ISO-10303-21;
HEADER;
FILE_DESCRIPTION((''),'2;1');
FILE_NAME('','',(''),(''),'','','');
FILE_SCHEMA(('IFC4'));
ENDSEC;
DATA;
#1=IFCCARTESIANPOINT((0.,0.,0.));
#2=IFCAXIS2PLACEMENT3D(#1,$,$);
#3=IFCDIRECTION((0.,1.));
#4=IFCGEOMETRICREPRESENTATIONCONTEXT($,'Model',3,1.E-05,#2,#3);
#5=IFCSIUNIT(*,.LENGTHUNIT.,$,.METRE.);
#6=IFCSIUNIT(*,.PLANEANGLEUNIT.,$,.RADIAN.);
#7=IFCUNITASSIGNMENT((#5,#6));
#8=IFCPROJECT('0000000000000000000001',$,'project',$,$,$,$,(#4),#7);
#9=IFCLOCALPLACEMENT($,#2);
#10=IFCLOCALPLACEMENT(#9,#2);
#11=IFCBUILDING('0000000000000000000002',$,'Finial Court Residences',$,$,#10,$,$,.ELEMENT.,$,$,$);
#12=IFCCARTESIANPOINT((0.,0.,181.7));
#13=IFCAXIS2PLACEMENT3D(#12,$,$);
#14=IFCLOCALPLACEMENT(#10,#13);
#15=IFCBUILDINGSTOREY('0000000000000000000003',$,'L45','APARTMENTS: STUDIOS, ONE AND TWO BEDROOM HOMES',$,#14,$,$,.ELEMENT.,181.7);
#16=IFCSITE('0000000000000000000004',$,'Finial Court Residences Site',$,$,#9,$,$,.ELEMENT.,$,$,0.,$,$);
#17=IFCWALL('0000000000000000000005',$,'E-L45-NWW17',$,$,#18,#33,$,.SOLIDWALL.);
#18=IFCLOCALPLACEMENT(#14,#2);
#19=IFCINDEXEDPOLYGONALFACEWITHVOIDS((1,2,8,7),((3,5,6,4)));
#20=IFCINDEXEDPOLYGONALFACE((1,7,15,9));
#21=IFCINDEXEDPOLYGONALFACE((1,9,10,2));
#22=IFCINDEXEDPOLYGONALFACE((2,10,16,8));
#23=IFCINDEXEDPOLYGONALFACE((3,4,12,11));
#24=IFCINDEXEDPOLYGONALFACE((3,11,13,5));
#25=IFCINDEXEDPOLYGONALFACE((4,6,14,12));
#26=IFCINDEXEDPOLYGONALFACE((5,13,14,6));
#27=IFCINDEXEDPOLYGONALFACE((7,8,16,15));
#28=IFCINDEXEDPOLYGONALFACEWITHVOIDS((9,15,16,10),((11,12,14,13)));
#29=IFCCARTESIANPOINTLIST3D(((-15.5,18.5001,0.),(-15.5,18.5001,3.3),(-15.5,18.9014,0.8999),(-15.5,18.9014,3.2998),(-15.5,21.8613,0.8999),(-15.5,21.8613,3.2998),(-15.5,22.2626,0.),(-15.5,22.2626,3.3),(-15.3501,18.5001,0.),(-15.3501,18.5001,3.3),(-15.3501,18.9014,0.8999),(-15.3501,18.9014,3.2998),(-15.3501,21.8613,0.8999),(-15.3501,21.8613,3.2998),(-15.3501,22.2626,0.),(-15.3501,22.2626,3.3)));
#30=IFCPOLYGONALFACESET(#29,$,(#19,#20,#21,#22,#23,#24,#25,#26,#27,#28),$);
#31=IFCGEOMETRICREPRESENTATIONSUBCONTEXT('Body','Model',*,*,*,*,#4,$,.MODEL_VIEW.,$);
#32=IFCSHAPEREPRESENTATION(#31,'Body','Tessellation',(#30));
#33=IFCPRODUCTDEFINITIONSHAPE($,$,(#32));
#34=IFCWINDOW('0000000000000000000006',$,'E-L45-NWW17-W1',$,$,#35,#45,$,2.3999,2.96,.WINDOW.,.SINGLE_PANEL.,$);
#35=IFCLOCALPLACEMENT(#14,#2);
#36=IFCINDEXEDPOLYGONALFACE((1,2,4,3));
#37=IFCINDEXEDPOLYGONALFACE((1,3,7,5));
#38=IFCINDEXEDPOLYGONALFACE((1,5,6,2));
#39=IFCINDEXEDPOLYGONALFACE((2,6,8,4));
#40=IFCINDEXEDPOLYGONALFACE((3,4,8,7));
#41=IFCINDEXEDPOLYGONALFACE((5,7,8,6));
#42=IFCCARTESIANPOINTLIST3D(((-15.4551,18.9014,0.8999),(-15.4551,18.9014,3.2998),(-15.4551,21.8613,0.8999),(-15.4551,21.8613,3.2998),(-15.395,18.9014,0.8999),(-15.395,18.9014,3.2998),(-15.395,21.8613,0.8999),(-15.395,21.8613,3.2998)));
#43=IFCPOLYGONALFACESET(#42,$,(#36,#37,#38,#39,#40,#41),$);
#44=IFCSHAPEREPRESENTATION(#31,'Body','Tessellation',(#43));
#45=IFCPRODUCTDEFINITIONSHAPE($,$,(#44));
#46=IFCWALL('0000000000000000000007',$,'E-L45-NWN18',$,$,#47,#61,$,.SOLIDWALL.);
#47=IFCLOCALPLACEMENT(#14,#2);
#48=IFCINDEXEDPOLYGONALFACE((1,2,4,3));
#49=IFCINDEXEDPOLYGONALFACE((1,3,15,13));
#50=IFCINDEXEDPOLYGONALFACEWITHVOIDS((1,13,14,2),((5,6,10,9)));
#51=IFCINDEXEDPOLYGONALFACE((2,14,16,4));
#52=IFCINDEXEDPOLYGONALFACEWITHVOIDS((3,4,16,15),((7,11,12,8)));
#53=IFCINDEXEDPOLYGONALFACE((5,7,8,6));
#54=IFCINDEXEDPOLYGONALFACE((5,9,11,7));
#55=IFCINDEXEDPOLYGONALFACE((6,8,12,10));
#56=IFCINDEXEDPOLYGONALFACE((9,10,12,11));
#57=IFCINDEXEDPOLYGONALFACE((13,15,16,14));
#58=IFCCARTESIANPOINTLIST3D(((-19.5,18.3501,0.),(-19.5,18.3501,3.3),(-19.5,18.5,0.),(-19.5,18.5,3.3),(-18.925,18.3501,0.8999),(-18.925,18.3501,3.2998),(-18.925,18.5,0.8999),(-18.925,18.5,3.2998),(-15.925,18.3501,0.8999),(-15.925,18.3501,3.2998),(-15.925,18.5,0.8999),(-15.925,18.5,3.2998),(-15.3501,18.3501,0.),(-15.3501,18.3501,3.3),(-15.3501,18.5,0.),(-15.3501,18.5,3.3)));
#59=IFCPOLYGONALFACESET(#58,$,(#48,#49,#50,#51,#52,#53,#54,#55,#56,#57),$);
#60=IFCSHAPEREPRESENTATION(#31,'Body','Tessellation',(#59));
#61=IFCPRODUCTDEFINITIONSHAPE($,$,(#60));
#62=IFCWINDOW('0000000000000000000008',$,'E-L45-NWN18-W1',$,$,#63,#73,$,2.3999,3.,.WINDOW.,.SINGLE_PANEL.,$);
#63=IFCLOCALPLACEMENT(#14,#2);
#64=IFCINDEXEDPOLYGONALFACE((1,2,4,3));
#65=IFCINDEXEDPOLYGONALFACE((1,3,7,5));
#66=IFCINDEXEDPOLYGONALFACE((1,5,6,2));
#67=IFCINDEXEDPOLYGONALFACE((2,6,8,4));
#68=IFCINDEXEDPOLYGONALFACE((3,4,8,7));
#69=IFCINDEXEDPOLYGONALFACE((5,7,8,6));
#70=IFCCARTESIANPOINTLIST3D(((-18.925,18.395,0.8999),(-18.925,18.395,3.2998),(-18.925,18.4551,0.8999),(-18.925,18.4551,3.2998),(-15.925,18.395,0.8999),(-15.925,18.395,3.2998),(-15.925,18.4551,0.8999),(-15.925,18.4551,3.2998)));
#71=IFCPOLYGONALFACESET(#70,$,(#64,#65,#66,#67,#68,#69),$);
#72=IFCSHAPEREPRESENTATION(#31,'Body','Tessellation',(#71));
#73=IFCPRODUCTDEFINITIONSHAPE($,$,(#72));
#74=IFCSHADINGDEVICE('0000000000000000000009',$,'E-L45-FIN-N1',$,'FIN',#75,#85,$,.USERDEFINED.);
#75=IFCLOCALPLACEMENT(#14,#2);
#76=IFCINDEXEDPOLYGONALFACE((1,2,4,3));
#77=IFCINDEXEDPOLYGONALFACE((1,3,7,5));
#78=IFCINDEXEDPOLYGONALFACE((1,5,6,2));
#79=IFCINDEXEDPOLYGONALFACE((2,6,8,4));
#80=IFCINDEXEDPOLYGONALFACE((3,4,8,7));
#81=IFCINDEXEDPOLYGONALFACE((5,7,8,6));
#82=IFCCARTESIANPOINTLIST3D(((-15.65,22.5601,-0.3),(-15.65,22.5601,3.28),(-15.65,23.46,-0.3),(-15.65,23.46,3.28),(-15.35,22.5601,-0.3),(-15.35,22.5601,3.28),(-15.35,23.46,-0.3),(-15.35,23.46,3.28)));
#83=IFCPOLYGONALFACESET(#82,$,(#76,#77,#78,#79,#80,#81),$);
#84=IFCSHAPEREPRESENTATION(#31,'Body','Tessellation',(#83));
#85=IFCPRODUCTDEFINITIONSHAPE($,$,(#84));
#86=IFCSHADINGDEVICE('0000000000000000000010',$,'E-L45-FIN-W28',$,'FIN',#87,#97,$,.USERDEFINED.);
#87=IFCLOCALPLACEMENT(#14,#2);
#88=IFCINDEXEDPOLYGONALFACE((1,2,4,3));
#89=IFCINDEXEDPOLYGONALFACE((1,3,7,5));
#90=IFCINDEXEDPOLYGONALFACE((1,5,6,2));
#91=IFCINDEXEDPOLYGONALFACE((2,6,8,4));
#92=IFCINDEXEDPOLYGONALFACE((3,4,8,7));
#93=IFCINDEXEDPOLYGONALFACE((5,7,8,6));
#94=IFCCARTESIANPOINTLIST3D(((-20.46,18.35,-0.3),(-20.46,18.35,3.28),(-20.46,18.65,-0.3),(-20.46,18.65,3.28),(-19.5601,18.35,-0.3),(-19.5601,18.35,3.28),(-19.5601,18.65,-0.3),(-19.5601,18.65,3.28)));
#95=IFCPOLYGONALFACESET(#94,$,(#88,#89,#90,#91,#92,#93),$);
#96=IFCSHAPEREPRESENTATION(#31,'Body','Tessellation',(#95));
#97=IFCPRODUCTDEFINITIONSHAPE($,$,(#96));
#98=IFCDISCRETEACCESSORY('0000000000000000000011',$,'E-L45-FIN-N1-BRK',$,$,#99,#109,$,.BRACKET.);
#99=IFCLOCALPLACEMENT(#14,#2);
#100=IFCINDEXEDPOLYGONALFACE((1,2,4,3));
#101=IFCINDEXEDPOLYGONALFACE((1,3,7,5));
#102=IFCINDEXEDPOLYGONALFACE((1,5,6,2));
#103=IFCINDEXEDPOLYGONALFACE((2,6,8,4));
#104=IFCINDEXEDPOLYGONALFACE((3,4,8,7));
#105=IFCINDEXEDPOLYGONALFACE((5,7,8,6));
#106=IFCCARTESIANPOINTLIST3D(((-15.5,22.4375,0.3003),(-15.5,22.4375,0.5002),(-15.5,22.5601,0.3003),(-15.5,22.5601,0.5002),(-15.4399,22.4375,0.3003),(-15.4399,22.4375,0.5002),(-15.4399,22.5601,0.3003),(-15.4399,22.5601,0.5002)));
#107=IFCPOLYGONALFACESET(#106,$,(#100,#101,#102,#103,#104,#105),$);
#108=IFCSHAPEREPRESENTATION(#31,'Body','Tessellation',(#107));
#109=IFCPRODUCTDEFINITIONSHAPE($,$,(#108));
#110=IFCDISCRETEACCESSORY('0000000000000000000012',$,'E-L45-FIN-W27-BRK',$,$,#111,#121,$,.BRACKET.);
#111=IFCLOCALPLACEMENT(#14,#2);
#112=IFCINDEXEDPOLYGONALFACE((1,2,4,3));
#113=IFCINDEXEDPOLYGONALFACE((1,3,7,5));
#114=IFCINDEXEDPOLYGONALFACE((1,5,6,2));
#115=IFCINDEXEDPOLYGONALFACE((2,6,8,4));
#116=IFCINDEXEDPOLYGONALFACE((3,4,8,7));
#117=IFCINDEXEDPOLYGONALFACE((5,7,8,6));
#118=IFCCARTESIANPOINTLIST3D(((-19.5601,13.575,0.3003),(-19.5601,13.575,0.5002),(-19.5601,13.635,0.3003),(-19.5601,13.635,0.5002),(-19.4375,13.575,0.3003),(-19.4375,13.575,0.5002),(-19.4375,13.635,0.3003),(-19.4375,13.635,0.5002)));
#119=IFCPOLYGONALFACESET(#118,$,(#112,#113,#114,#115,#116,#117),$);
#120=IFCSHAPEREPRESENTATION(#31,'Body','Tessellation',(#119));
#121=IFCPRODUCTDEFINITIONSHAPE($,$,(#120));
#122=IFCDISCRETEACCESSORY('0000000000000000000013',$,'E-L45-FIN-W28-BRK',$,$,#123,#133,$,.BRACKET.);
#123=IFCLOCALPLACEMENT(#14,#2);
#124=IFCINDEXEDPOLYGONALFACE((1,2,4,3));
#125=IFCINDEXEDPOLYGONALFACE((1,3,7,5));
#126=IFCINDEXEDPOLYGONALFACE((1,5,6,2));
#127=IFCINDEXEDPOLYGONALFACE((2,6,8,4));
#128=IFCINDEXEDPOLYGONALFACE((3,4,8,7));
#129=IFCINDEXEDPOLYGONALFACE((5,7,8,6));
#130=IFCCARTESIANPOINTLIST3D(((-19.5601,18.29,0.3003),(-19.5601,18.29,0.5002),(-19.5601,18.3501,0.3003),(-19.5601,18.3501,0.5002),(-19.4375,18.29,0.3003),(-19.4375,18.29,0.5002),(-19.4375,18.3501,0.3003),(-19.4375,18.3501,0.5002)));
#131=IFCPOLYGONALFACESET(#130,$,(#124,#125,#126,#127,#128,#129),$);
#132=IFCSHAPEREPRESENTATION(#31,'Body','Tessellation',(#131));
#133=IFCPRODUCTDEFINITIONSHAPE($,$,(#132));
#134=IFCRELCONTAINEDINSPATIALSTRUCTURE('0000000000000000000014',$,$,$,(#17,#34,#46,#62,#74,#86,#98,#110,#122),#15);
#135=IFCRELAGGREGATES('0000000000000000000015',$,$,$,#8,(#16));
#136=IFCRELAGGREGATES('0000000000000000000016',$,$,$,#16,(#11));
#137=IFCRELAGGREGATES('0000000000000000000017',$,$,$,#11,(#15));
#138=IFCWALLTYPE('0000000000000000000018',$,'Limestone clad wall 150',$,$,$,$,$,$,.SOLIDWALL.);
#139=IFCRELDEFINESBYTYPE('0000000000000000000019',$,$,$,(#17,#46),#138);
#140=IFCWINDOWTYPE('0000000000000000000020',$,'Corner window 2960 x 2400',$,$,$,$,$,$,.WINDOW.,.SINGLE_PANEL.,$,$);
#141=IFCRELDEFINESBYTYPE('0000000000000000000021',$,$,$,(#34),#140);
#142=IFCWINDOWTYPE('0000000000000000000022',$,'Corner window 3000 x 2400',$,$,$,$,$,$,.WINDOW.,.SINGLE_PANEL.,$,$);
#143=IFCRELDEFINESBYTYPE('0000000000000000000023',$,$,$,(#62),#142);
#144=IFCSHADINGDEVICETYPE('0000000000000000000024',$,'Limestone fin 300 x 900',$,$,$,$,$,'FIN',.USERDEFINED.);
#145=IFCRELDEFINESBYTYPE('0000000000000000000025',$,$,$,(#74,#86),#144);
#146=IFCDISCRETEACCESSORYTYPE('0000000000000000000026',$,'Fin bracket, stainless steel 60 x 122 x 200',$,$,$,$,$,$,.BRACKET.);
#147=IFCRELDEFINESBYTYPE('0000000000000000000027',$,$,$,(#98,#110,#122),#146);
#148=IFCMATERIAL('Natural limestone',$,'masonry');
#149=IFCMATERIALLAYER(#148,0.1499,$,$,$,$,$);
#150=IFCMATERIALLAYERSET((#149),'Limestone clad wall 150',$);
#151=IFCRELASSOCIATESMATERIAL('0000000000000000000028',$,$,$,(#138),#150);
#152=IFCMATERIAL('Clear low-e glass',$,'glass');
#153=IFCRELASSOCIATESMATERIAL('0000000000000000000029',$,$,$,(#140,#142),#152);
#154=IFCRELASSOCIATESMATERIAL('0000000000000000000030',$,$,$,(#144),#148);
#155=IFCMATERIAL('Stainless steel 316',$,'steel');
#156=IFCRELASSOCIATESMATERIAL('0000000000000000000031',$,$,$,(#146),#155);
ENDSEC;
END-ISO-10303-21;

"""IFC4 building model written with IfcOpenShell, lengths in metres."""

from ifc_helpers import new_model, si_unit, direction, frame, frame_2d, origin, origin_2d, place, context, subcontext, project, spatial, rectangle, extrude, material, layer, layer_set, type_object, element, fill, save


model = new_model("IFC4")

# Units and contexts
model_context = context("Model", 3, precision=1e-05, world=origin(), true_north=direction((0.0, 1.0)))
body_context = subcontext(model_context, "Body", "Model", "MODEL_VIEW")
ifc_project = project(units=[si_unit("LENGTHUNIT", "METRE"), si_unit("PLANEANGLEUNIT", "RADIAN")], contexts=[model_context])

# Site, building, storey
site_placement = place(None, origin())
site = spatial("IfcSite", under=ifc_project, at=site_placement, Name="Finial Court Residences Site", CompositionType="ELEMENT", RefElevation=0.0)
building_placement = place(site_placement, origin())
building = spatial("IfcBuilding", under=site, at=building_placement, Name="Finial Court Residences", CompositionType="ELEMENT")
storey_placement = place(building_placement, frame((0.0, 0.0, 181.7)))
storey = spatial("IfcBuildingStorey", under=building, at=storey_placement, Name="L45", Description="APARTMENTS: STUDIOS, ONE AND TWO BEDROOM HOMES", CompositionType="ELEMENT", Elevation=181.7)

# Shared definitions
ifc_material_1 = material(Name="Clear low-e glass", Category="glass")

# Walls, openings, windows
ifc_material_2 = material(Name="Natural limestone", Category="masonry")
ifc_layer_1 = layer(ifc_material_2, 0.1499)
ifc_layer_set_1 = layer_set([ifc_layer_1], Name="Limestone clad wall 150")
wall_type_1 = type_object("IfcWallType", Name="Limestone clad wall 150", PredefinedType="SOLIDWALL", material=ifc_layer_set_1)
wall_1_placement = place(storey_placement, frame((-15.425, 18.5, 0.0), z_axis=(0.0, 0.0, 1.0), x_axis=(0.0, 1.0, 0.0)))
wall_1 = element("IfcWall", 1, at=wall_1_placement, inside=storey, type_object=wall_type_1, Name="E-L45-NWW17", PredefinedType="SOLIDWALL", context=body_context, shape_type="SweptSolid", body=[
    extrude(rectangle(XDim=3.7625, YDim=0.1499, at=frame_2d((1.8813, 0.0))), origin(), (0.0, 0.0, 1.0), 3.3),
])
opening_1_placement = place(wall_1_placement, frame((0.4014, 0.0, 0.8999)))
opening_1 = element("IfcOpeningElement", 2, at=opening_1_placement, cuts=wall_1, PredefinedType="OPENING", context=body_context, shape_type="SweptSolid", body=[
    extrude(rectangle(XDim=2.96, YDim=2.3999, at=frame_2d((1.48, 1.2))), frame((0.0, 0.085, 0.0), z_axis=(0.0, -1.0, 0.0), x_axis=(1.0, 0.0, 0.0)), (0.0, 0.0, 1.0), 0.1699),
])
window_type_1 = type_object("IfcWindowType", Name="Corner window 2960 x 2400", PartitioningType="SINGLE_PANEL", PredefinedType="WINDOW", material=ifc_material_1)
window_1_placement = place(opening_1_placement, origin())
window_1 = element("IfcWindow", 3, at=window_1_placement, inside=storey, type_object=window_type_1, Name="E-L45-NWW17-W1", OverallHeight=2.3999, OverallWidth=2.96, PartitioningType="SINGLE_PANEL", PredefinedType="WINDOW", context=body_context, shape_type="SweptSolid", body=[
    extrude(rectangle(XDim=2.96, YDim=2.3999, at=frame_2d((1.48, 1.2))), frame((0.0, 0.03, 0.0), z_axis=(0.0, -1.0, 0.0), x_axis=(1.0, 0.0, 0.0)), (0.0, 0.0, 1.0), 0.0601),
])
fill(opening_1, window_1)
wall_2_placement = place(storey_placement, frame((-19.5, 18.425, 0.0), z_axis=(0.0, 0.0, 1.0), x_axis=(1.0, 0.0, 0.0)))
wall_2 = element("IfcWall", 4, at=wall_2_placement, inside=storey, type_object=wall_type_1, Name="E-L45-NWN18", PredefinedType="SOLIDWALL", context=body_context, shape_type="SweptSolid", body=[
    extrude(rectangle(XDim=4.1499, YDim=0.1499, at=frame_2d((2.075, 0.0))), origin(), (0.0, 0.0, 1.0), 3.3),
])
opening_2_placement = place(wall_2_placement, frame((0.575, 0.0, 0.8999)))
opening_2 = element("IfcOpeningElement", 5, at=opening_2_placement, cuts=wall_2, PredefinedType="OPENING", context=body_context, shape_type="SweptSolid", body=[
    extrude(rectangle(XDim=3.0, YDim=2.3999, at=frame_2d((1.5, 1.2))), frame((0.0, 0.085, 0.0), z_axis=(0.0, -1.0, 0.0), x_axis=(1.0, 0.0, 0.0)), (0.0, 0.0, 1.0), 0.1699),
])
window_type_2 = type_object("IfcWindowType", Name="Corner window 3000 x 2400", PartitioningType="SINGLE_PANEL", PredefinedType="WINDOW", material=ifc_material_1)
window_2_placement = place(opening_2_placement, origin())
window_2 = element("IfcWindow", 6, at=window_2_placement, inside=storey, type_object=window_type_2, Name="E-L45-NWN18-W1", OverallHeight=2.3999, OverallWidth=3.0, PartitioningType="SINGLE_PANEL", PredefinedType="WINDOW", context=body_context, shape_type="SweptSolid", body=[
    extrude(rectangle(XDim=3.0, YDim=2.3999, at=frame_2d((1.5, 1.2))), frame((0.0, 0.03, 0.0), z_axis=(0.0, -1.0, 0.0), x_axis=(1.0, 0.0, 0.0)), (0.0, 0.0, 1.0), 0.0601),
])
fill(opening_2, window_2)

# Shading devices
shading_device_type = type_object("IfcShadingDeviceType", Name="Limestone fin 300 x 900", ElementType="FIN", PredefinedType="USERDEFINED", material=ifc_material_2)
shading_device_1_placement = place(storey_placement, frame((-15.5, 23.01, -0.3), z_axis=(0.0, 0.0, 1.0), x_axis=(1.0, 0.0, 0.0)))
element("IfcShadingDevice", 7, at=shading_device_1_placement, inside=storey, type_object=shading_device_type, Name="E-L45-FIN-N1", ObjectType="FIN", PredefinedType="USERDEFINED", context=body_context, shape_type="SweptSolid", body=[
    extrude(rectangle(XDim=0.3, YDim=0.8999, at=origin_2d()), origin(), (0.0, 0.0, 1.0), 3.5801),
])
shading_device_2_placement = place(storey_placement, frame((-20.01, 18.5, -0.3), z_axis=(0.0, 0.0, 1.0), x_axis=(1.0, 0.0, 0.0)))
element("IfcShadingDevice", 8, at=shading_device_2_placement, inside=storey, type_object=shading_device_type, Name="E-L45-FIN-W28", ObjectType="FIN", PredefinedType="USERDEFINED", context=body_context, shape_type="SweptSolid", body=[
    extrude(rectangle(XDim=0.8999, YDim=0.3, at=origin_2d()), origin(), (0.0, 0.0, 1.0), 3.5801),
])

# Discrete accessories
ifc_material_3 = material(Name="Stainless steel 316", Category="steel")
discrete_accessory_type = type_object("IfcDiscreteAccessoryType", Name="Fin bracket, stainless steel 60 x 122 x 200", PredefinedType="BRACKET", material=ifc_material_3)
discrete_accessory_placement = place(storey_placement, frame((-15.47, 22.4988, 0.3003), z_axis=(0.0, 0.0, 1.0), x_axis=(1.0, 0.0, 0.0)))
element("IfcDiscreteAccessory", 9, at=discrete_accessory_placement, inside=storey, type_object=discrete_accessory_type, Name="E-L45-FIN-N1-BRK", PredefinedType="BRACKET", context=body_context, shape_type="SweptSolid", body=[
    extrude(rectangle(XDim=0.0601, YDim=0.1226, at=origin_2d()), origin(), (0.0, 0.0, 1.0), 0.2),
])
for number, where, z_axis, x_axis, name in (
    (10, (-19.4988, 13.605, 0.3003), (0.0, 0.0, 1.0), (1.0, 0.0, 0.0), "E-L45-FIN-W27-BRK"),
    (11, (-19.4988, 18.3201, 0.3003), (0.0, 0.0, 1.0), (1.0, 0.0, 0.0), "E-L45-FIN-W28-BRK"),
):
    element("IfcDiscreteAccessory", number, at=place(storey_placement, frame(where, z_axis=z_axis, x_axis=x_axis)), inside=storey, type_object=discrete_accessory_type, Name=name, PredefinedType="BRACKET", context=body_context, shape_type="SweptSolid", body=[
        extrude(rectangle(XDim=0.1226, YDim=0.0601, at=origin_2d()), origin(), (0.0, 0.0, 1.0), 0.2),
    ])

save(model, "model.ifc")
